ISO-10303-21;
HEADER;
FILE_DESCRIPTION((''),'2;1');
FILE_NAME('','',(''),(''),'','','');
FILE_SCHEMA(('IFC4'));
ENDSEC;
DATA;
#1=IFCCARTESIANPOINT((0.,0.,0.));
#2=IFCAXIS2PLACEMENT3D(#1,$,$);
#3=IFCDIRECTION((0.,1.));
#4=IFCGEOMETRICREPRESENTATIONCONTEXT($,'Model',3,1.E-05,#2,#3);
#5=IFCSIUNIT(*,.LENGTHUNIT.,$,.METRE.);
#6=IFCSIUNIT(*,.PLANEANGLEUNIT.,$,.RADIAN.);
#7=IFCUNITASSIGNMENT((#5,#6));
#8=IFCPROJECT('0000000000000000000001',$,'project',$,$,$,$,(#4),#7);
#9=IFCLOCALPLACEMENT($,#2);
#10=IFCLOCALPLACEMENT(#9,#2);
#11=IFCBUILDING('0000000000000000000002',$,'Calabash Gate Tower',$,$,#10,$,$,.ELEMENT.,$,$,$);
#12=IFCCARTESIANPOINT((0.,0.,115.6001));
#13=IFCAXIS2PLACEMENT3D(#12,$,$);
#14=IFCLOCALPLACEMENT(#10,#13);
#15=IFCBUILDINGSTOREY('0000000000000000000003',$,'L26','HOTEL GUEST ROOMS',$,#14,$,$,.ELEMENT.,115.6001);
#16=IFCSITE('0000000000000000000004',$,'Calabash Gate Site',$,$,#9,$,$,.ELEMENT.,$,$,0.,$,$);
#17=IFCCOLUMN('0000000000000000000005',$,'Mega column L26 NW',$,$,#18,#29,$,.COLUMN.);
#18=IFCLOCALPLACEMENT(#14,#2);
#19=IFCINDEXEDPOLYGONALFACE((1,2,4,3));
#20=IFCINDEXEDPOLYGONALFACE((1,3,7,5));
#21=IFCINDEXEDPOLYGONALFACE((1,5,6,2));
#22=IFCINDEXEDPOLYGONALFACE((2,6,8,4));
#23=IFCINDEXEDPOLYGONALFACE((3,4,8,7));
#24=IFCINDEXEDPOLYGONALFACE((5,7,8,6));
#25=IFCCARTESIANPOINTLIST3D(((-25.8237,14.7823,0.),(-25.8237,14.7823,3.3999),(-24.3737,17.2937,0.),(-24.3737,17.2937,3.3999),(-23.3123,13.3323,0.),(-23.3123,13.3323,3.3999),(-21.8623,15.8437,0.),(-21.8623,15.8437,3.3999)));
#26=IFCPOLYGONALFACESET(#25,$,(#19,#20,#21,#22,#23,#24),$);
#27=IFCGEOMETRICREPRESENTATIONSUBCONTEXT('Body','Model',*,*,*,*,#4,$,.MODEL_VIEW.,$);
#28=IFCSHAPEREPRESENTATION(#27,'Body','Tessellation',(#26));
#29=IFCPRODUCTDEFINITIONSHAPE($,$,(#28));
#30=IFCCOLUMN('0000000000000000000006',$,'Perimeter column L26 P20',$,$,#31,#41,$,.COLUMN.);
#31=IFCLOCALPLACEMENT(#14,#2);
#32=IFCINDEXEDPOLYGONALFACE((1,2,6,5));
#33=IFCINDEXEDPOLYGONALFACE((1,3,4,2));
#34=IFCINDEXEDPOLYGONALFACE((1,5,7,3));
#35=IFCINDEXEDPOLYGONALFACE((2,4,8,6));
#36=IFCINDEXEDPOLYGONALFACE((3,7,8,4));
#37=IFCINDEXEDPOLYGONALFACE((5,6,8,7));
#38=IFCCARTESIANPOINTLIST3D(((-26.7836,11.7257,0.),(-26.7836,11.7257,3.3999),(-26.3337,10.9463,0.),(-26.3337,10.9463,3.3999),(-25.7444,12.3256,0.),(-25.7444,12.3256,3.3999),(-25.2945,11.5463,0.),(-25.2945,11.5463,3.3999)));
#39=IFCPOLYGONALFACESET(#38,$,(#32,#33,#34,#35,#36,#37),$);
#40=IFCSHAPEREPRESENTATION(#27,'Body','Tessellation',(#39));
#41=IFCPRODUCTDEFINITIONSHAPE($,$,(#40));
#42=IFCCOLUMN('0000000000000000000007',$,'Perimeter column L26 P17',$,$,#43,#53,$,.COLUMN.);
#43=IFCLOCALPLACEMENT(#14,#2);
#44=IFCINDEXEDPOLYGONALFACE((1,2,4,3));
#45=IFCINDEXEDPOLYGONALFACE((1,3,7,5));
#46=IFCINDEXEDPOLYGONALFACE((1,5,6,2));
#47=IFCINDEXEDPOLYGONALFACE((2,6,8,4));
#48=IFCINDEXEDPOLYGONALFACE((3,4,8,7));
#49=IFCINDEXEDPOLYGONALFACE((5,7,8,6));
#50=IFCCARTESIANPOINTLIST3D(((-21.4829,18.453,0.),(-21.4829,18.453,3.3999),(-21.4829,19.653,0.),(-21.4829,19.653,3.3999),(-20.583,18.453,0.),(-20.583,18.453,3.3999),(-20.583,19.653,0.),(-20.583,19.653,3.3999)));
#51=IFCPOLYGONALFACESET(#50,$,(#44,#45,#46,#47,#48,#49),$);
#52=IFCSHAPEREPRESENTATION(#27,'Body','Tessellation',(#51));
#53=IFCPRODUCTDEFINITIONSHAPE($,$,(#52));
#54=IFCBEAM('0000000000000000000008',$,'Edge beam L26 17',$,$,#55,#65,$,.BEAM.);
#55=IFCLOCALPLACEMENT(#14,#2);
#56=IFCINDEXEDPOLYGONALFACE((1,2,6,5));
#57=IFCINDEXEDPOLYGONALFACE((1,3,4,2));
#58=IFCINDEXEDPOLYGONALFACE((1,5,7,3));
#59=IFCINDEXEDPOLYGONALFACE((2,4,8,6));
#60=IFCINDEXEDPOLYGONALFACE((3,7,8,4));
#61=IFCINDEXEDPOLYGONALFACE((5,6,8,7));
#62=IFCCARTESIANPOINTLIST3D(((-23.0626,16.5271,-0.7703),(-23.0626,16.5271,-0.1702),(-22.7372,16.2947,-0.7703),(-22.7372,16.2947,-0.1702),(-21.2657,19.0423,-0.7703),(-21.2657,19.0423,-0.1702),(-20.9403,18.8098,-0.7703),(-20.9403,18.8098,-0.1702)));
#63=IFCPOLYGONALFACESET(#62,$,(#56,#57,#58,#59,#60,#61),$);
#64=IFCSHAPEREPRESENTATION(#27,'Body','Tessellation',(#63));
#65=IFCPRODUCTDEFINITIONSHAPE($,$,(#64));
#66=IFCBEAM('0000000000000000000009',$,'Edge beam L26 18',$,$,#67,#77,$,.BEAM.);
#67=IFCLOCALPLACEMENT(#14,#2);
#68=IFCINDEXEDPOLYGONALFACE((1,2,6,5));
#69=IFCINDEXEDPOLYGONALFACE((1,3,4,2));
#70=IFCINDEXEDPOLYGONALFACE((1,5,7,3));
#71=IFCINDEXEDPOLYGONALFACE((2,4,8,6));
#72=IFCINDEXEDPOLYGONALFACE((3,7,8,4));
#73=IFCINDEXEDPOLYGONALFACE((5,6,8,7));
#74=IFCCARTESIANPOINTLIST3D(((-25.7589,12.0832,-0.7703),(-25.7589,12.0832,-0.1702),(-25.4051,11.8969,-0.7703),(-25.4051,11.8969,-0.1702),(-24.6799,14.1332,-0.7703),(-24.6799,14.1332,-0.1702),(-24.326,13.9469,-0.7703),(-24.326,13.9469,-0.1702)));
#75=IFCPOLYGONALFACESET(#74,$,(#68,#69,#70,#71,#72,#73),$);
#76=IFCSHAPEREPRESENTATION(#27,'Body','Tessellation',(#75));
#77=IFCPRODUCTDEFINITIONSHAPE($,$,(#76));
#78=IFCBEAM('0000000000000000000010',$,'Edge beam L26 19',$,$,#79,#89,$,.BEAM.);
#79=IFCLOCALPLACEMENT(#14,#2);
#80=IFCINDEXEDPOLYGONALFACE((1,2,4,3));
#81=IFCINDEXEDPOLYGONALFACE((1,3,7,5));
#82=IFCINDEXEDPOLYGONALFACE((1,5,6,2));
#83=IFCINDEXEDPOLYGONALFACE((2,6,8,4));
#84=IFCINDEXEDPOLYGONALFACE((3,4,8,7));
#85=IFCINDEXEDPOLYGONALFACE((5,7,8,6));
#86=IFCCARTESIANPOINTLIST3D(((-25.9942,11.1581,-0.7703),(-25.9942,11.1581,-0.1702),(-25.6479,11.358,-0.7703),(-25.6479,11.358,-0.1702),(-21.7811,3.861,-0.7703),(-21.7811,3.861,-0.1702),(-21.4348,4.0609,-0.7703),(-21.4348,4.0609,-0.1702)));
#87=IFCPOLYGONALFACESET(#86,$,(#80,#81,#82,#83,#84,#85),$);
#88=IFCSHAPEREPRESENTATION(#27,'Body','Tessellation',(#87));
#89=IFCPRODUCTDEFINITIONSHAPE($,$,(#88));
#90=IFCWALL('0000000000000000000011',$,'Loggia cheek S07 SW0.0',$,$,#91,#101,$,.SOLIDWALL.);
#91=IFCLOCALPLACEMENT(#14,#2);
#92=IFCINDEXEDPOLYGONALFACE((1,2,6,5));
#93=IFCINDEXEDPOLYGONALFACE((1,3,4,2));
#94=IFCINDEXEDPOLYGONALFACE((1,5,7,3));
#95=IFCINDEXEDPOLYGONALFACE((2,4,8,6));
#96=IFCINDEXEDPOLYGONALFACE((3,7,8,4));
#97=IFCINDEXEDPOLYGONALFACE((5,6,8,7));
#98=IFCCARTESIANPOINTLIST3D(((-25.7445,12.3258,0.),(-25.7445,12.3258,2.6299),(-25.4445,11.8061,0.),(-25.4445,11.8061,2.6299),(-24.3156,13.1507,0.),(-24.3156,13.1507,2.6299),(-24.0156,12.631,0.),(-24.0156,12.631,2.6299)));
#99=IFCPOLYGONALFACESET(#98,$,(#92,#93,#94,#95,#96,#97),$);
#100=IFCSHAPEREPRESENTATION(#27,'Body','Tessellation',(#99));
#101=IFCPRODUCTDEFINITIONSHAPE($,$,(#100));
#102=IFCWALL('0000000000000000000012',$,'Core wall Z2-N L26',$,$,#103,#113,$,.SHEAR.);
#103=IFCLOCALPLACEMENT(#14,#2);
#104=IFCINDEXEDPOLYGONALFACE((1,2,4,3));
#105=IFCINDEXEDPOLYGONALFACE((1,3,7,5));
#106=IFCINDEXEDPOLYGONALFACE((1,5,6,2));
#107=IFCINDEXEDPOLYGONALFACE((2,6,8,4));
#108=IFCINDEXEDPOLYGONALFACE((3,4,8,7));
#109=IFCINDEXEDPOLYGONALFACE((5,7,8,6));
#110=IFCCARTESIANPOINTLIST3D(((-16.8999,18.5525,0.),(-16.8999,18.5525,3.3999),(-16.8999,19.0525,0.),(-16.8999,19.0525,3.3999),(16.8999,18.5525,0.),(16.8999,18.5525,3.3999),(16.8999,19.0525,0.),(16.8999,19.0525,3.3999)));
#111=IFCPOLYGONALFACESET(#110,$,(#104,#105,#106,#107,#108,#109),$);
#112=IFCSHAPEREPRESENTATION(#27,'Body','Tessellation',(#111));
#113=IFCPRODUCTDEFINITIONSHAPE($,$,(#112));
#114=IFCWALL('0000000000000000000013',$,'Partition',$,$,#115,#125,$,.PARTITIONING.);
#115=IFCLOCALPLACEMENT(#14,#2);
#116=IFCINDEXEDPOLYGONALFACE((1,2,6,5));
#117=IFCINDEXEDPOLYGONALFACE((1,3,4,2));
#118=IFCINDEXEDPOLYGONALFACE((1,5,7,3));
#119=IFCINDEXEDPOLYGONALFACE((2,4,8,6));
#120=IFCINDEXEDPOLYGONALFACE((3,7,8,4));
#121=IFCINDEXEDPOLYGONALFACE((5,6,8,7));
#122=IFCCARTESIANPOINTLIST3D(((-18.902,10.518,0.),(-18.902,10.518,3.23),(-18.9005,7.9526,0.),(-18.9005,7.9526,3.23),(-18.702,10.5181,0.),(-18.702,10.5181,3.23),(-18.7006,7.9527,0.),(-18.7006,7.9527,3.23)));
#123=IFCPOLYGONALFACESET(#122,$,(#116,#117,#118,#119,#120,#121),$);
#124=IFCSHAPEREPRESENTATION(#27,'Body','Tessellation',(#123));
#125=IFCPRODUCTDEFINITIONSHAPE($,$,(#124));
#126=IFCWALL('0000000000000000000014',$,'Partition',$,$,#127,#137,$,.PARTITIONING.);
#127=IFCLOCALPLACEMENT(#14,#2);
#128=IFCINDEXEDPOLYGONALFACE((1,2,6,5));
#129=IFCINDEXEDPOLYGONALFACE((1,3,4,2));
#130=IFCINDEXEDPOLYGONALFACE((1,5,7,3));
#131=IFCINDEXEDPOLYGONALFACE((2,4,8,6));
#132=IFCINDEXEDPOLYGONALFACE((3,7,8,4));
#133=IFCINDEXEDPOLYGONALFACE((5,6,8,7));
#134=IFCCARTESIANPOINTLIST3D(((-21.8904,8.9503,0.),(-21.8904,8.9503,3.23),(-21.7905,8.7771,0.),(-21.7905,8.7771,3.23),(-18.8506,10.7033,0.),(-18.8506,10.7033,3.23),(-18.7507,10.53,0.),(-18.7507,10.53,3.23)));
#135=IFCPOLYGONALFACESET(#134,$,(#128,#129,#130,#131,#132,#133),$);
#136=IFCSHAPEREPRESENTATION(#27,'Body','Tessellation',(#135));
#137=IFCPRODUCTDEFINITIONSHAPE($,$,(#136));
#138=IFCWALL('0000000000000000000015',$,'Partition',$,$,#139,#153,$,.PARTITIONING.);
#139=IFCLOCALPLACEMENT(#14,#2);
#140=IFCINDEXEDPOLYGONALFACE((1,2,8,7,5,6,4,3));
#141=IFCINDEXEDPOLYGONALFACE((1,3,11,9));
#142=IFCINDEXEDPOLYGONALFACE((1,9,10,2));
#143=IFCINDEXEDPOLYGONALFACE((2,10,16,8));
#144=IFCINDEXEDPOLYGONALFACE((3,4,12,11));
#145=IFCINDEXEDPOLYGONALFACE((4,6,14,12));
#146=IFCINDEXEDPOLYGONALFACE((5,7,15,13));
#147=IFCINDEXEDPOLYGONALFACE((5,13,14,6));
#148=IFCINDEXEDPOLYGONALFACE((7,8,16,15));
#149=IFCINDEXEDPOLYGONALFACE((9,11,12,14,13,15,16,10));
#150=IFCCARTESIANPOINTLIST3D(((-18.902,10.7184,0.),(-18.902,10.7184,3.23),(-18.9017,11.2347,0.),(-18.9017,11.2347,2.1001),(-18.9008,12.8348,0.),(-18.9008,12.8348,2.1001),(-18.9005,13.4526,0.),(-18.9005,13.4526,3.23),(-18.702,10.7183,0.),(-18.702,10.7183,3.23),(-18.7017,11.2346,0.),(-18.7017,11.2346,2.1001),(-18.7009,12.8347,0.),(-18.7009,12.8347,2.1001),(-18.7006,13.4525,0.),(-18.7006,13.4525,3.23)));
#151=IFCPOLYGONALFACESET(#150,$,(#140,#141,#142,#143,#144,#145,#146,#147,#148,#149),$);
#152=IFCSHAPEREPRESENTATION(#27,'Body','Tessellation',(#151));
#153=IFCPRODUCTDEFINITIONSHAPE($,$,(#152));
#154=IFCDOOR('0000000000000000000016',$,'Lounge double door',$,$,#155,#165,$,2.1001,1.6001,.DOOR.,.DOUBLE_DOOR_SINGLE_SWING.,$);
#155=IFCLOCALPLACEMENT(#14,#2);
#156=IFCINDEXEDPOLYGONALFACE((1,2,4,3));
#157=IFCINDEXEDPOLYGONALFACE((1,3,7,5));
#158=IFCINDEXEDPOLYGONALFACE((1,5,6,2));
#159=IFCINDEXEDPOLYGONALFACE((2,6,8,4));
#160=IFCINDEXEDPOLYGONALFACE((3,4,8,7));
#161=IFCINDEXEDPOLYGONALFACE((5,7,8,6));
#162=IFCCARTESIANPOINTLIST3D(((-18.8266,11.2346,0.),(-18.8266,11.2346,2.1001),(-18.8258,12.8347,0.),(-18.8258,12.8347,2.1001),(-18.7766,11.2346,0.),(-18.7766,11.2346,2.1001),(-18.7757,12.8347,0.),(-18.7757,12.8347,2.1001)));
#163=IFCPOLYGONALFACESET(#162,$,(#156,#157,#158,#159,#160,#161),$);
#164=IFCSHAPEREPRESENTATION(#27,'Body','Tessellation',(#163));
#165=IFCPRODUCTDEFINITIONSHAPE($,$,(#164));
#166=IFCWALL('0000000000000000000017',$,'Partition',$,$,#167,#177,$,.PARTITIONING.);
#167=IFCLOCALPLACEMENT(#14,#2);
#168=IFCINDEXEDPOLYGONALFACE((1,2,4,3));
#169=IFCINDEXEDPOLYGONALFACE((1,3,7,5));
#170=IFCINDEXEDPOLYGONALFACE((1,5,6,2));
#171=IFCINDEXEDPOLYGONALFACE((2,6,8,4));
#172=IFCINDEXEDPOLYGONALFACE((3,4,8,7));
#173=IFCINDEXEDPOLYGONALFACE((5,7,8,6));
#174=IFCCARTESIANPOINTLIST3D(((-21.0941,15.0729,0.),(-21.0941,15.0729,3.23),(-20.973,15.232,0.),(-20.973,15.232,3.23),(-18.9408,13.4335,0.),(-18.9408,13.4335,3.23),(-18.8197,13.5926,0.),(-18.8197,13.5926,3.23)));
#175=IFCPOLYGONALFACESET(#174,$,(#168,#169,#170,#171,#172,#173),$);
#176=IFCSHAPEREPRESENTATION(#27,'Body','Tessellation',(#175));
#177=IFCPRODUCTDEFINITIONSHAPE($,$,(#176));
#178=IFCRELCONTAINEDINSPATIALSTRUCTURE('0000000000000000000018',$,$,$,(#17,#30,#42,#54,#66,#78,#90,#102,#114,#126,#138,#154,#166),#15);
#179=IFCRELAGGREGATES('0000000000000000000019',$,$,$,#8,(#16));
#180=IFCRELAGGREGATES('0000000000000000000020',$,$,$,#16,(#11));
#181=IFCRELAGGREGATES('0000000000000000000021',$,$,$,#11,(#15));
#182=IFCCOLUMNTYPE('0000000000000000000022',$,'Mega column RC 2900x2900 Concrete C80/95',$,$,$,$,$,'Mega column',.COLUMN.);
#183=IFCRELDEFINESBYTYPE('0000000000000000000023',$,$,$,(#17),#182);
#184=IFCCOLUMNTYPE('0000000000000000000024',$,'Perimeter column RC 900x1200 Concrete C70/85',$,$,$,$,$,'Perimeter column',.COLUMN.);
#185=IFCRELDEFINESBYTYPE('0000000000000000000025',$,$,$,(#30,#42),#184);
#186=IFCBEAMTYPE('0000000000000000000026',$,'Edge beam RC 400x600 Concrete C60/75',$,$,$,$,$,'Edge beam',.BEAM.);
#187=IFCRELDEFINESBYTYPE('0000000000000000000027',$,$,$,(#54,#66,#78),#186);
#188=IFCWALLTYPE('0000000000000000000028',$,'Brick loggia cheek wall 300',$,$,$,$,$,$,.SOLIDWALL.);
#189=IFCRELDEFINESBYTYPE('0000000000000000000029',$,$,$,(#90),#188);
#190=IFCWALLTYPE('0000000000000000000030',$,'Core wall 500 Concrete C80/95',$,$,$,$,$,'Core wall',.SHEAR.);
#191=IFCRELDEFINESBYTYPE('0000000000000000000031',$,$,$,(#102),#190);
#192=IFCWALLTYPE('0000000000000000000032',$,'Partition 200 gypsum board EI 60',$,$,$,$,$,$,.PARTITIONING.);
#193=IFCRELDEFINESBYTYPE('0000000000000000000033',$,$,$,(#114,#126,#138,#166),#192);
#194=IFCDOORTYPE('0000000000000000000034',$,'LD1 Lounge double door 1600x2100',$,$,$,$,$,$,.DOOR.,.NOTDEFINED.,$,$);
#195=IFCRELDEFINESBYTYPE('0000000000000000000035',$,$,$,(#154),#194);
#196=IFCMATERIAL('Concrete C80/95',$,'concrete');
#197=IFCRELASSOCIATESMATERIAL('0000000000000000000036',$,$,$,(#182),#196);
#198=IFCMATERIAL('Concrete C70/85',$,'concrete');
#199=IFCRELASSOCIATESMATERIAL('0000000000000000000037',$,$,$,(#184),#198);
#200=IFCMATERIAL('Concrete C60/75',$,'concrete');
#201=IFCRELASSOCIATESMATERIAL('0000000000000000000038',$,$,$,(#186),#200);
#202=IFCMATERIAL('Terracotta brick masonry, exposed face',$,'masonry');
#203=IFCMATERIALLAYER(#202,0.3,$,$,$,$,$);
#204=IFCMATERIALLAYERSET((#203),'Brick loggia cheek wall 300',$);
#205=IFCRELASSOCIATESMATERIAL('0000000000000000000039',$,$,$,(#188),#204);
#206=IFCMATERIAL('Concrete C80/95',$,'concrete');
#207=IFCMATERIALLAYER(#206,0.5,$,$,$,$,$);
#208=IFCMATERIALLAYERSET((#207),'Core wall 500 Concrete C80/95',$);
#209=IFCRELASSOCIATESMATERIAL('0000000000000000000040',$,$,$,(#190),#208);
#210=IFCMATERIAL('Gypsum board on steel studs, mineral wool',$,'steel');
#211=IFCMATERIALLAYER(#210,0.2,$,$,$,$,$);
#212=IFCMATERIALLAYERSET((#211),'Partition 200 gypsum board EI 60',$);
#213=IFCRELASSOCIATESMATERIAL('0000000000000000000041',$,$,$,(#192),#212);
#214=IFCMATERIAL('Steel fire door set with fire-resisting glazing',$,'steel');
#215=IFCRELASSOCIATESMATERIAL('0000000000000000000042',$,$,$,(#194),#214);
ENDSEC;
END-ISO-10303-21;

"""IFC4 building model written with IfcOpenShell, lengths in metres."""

from ifc_helpers import new_model, si_unit, direction, frame, frame_2d, origin, origin_2d, place, context, subcontext, project, spatial, rectangle, extrude, material, layer, layer_set, material_profile, profile_set, type_object, element, fill, save


model = new_model("IFC4")

# Units and contexts
model_context = context("Model", 3, precision=1e-05, world=origin(), true_north=direction((0.0, 1.0)))
body_context = subcontext(model_context, "Body", "Model", "MODEL_VIEW")
ifc_project = project(units=[si_unit("LENGTHUNIT", "METRE"), si_unit("PLANEANGLEUNIT", "RADIAN")], contexts=[model_context])

# Site, building, storey
site_placement = place(None, origin())
site = spatial("IfcSite", under=ifc_project, at=site_placement, Name="Calabash Gate Site", CompositionType="ELEMENT", RefElevation=0.0)
building_placement = place(site_placement, origin())
building = spatial("IfcBuilding", under=site, at=building_placement, Name="Calabash Gate Tower", CompositionType="ELEMENT")
storey_placement = place(building_placement, frame((0.0, 0.0, 115.6001)))
storey = spatial("IfcBuildingStorey", under=building, at=storey_placement, Name="L26", Description="HOTEL GUEST ROOMS", CompositionType="ELEMENT", Elevation=115.6001)

# Columns
ifc_material_1 = material(Name="Concrete C80/95", Category="concrete")
ifc_material_profile_1 = material_profile(ifc_material_1, rectangle(XDim=2.8999, YDim=2.8999, at=origin_2d()))
ifc_profile_set_1 = profile_set([ifc_material_profile_1], Name="Concrete C80/95")
column_type_1 = type_object("IfcColumnType", Name="Mega column RC 2900x2900 Concrete C80/95", ElementType="Mega column", PredefinedType="COLUMN", material=ifc_profile_set_1)
column_placement = place(storey_placement, frame((-23.843, 15.313, 0.0), z_axis=(0.0, 0.0, 1.0), x_axis=(0.866025, -0.5, 0.0)))
element("IfcColumn", 1, at=column_placement, inside=storey, type_object=column_type_1, Name="Mega column L26 NW", PredefinedType="COLUMN", context=body_context, shape_type="SweptSolid", body=[
    extrude(rectangle(XDim=2.8999, YDim=2.8999, at=origin_2d()), origin(), (0.0, 0.0, 1.0), 3.3999),
])
ifc_material_2 = material(Name="Concrete C70/85", Category="concrete")
ifc_material_profile_2 = material_profile(ifc_material_2, rectangle(XDim=0.8999, YDim=1.2, at=origin_2d()))
ifc_profile_set_2 = profile_set([ifc_material_profile_2], Name="Concrete C70/85")
column_type_2 = type_object("IfcColumnType", Name="Perimeter column RC 900x1200 Concrete C70/85", ElementType="Perimeter column", PredefinedType="COLUMN", material=ifc_profile_set_2)
for number, where, z_axis, x_axis, name in (
    (2, (-26.0391, 11.636, 0.0), (0.0, 0.0, 1.0), (0.5, -0.866025, 0.0), "Perimeter column L26 P20"),
    (3, (-21.033, 19.053, 0.0), (0.0, 0.0, 1.0), (-1.0, 0.0, 0.0), "Perimeter column L26 P17"),
):
    element("IfcColumn", number, at=place(storey_placement, frame(where, z_axis=z_axis, x_axis=x_axis)), inside=storey, type_object=column_type_2, Name=name, PredefinedType="COLUMN", context=body_context, shape_type="SweptSolid", body=[
        extrude(rectangle(XDim=0.8999, YDim=1.2, at=origin_2d()), origin(), (0.0, 0.0, 1.0), 3.3999),
    ])

# Beams
ifc_material_3 = material(Name="Concrete C60/75", Category="concrete")
ifc_material_profile_3 = material_profile(ifc_material_3, rectangle(XDim=0.3999, YDim=0.6001, at=origin_2d()))
ifc_profile_set_3 = profile_set([ifc_material_profile_3], Name="Concrete C60/75")
beam_type = type_object("IfcBeamType", Name="Edge beam RC 400x600 Concrete C60/75", ElementType="Edge beam", PredefinedType="BEAM", material=ifc_profile_set_3)
beam_1_placement = place(storey_placement, frame((-21.103, 18.926, -0.4702), z_axis=(-0.581313, -0.81368, 0.0), x_axis=(0.81368, -0.581313, 0.0)))
element("IfcBeam", 4, at=beam_1_placement, inside=storey, type_object=beam_type, Name="Edge beam L26 17", PredefinedType="BEAM", context=body_context, shape_type="SweptSolid", body=[
    extrude(rectangle(XDim=0.3999, YDim=0.6001, at=origin_2d()), origin(), (0.0, 0.0, 1.0), 3.0911),
])
beam_2_placement = place(storey_placement, frame((-24.5029, 14.04, -0.4702), z_axis=(-0.46579, -0.884895, 0.0), x_axis=(0.884895, -0.46579, 0.0)))
element("IfcBeam", 5, at=beam_2_placement, inside=storey, type_object=beam_type, Name="Edge beam L26 18", PredefinedType="BEAM", context=body_context, shape_type="SweptSolid", body=[
    extrude(rectangle(XDim=0.3999, YDim=0.6001, at=origin_2d()), origin(), (0.0, 0.0, 1.0), 2.3167),
])
beam_3_placement = place(storey_placement, frame((-25.821, 11.2581, -0.4702), z_axis=(0.500013, -0.866018, 0.0), x_axis=(0.866018, 0.500013, 0.0)))
element("IfcBeam", 6, at=beam_3_placement, inside=storey, type_object=beam_type, Name="Edge beam L26 19", PredefinedType="BEAM", context=body_context, shape_type="SweptSolid", body=[
    extrude(rectangle(XDim=0.3999, YDim=0.6001, at=origin_2d()), origin(), (0.0, 0.0, 1.0), 8.426),
])

# Walls
ifc_material_4 = material(Name="Terracotta brick masonry, exposed face", Category="masonry")
ifc_layer_1 = layer(ifc_material_4, 0.3)
ifc_layer_set_1 = layer_set([ifc_layer_1], Name="Brick loggia cheek wall 300")
wall_type_1 = type_object("IfcWallType", Name="Brick loggia cheek wall 300", PredefinedType="SOLIDWALL", material=ifc_layer_set_1)
wall_1_placement = place(storey_placement, frame((-25.5945, 12.0659, 0.0), z_axis=(0.0, 0.0, 1.0), x_axis=(0.86604, 0.499974, 0.0)))
element("IfcWall", 7, at=wall_1_placement, inside=storey, type_object=wall_type_1, Name="Loggia cheek S07 SW0.0", PredefinedType="SOLIDWALL", context=body_context, shape_type="SweptSolid", body=[
    extrude(rectangle(XDim=1.6499, YDim=0.6001, at=frame_2d((0.825, 0.0))), origin(), (0.0, 0.0, 1.0), 2.6299),
])
ifc_material_5 = material(Name="Concrete C80/95", Category="concrete")
ifc_layer_2 = layer(ifc_material_5, 0.5)
ifc_layer_set_2 = layer_set([ifc_layer_2], Name="Core wall 500 Concrete C80/95")
wall_type_2 = type_object("IfcWallType", Name="Core wall 500 Concrete C80/95", ElementType="Core wall", PredefinedType="SHEAR", material=ifc_layer_set_2)
wall_2_placement = place(storey_placement, frame((-16.8999, 18.8025, 0.0), z_axis=(0.0, 0.0, 1.0), x_axis=(1.0, 0.0, 0.0)))
element("IfcWall", 8, at=wall_2_placement, inside=storey, type_object=wall_type_2, Name="Core wall Z2-N L26", PredefinedType="SHEAR", context=body_context, shape_type="SweptSolid", body=[
    extrude(rectangle(XDim=33.7998, YDim=0.5, at=frame_2d((16.8999, 0.0))), origin(), (0.0, 0.0, 1.0), 3.3999),
])
ifc_material_6 = material(Name="Gypsum board on steel studs, mineral wool", Category="steel")
ifc_layer_3 = layer(ifc_material_6, 0.2)
ifc_layer_set_3 = layer_set([ifc_layer_3], Name="Partition 200 gypsum board EI 60")
wall_type_3 = type_object("IfcWallType", Name="Partition 200 gypsum board EI 60", PredefinedType="PARTITIONING", material=ifc_layer_set_3)
wall_3_placement = place(storey_placement, frame((-18.802, 10.5181, 0.0), z_axis=(0.0, 0.0, 1.0), x_axis=(0.000571, -1.0, 0.0)))
element("IfcWall", 9, at=wall_3_placement, inside=storey, type_object=wall_type_3, Name="Partition", PredefinedType="PARTITIONING", context=body_context, shape_type="SweptSolid", body=[
    extrude(rectangle(XDim=2.5654, YDim=0.2, at=frame_2d((1.2827, 0.0))), origin(), (0.0, 0.0, 1.0), 3.23),
])
wall_4_placement = place(storey_placement, frame((-21.8403, 8.8638, 0.0), z_axis=(0.0, 0.0, 1.0), x_axis=(0.866284, 0.499552, 0.0)))
element("IfcWall", 10, at=wall_4_placement, inside=storey, type_object=wall_type_3, Name="Partition", PredefinedType="PARTITIONING", context=body_context, shape_type="SweptSolid", body=[
    extrude(rectangle(XDim=3.509, YDim=0.2, at=frame_2d((1.7544, 0.0))), origin(), (0.0, 0.0, 1.0), 3.23),
])

# Wall, opening, door
wall_5_placement = place(storey_placement, frame((-18.802, 10.7183, 0.0), z_axis=(0.0, 0.0, 1.0), x_axis=(0.000536, 1.0, 0.0)))
wall_5 = element("IfcWall", 11, at=wall_5_placement, inside=storey, type_object=wall_type_3, Name="Partition", PredefinedType="PARTITIONING", context=body_context, shape_type="SweptSolid", body=[
    extrude(rectangle(XDim=2.7341, YDim=0.2, at=frame_2d((1.3672, 0.0))), origin(), (0.0, 0.0, 1.0), 3.23),
])
opening_1_placement = place(wall_5_placement, frame((0.5164, 0.0, 0.0)))
opening_1 = element("IfcOpeningElement", 12, at=opening_1_placement, cuts=wall_5, PredefinedType="OPENING", context=body_context, shape_type="SweptSolid", body=[
    extrude(rectangle(XDim=1.6001, YDim=2.1001, at=frame_2d((0.8, 1.05))), frame((0.0, 0.1099, 0.0), z_axis=(0.0, -1.0, 0.0), x_axis=(1.0, 0.0, 0.0)), (0.0, 0.0, 1.0), 0.22),
])
ifc_material_7 = material(Name="Steel fire door set with fire-resisting glazing", Category="steel")
door_type_1 = type_object("IfcDoorType", Name="LD1 Lounge double door 1600x2100", OperationType="NOTDEFINED", PredefinedType="DOOR", material=ifc_material_7)
door_1_placement = place(opening_1_placement, origin())
door_1 = element("IfcDoor", 13, at=door_1_placement, inside=storey, type_object=door_type_1, Name="Lounge double door", OperationType="DOUBLE_DOOR_SINGLE_SWING", OverallHeight=2.1001, OverallWidth=1.6001, PredefinedType="DOOR", context=body_context, shape_type="SweptSolid", body=[
    extrude(rectangle(XDim=1.6001, YDim=2.1001, at=frame_2d((0.8, 1.05))), frame((0.0, 0.0249, 0.0), z_axis=(0.0, -1.0, 0.0), x_axis=(1.0, 0.0, 0.0)), (0.0, 0.0, 1.0), 0.05),
])
fill(opening_1, door_1)

# Wall
wall_6_placement = place(storey_placement, frame((-21.0334, 15.1523, 0.0), z_axis=(0.0, 0.0, 1.0), x_axis=(0.795649, -0.605758, 0.0)))
element("IfcWall", 14, at=wall_6_placement, inside=storey, type_object=wall_type_3, Name="Partition", PredefinedType="PARTITIONING", context=body_context, shape_type="SweptSolid", body=[
    extrude(rectangle(XDim=2.7063, YDim=0.2, at=frame_2d((1.353, 0.0))), origin(), (0.0, 0.0, 1.0), 3.23),
])

save(model, "model.ifc")
